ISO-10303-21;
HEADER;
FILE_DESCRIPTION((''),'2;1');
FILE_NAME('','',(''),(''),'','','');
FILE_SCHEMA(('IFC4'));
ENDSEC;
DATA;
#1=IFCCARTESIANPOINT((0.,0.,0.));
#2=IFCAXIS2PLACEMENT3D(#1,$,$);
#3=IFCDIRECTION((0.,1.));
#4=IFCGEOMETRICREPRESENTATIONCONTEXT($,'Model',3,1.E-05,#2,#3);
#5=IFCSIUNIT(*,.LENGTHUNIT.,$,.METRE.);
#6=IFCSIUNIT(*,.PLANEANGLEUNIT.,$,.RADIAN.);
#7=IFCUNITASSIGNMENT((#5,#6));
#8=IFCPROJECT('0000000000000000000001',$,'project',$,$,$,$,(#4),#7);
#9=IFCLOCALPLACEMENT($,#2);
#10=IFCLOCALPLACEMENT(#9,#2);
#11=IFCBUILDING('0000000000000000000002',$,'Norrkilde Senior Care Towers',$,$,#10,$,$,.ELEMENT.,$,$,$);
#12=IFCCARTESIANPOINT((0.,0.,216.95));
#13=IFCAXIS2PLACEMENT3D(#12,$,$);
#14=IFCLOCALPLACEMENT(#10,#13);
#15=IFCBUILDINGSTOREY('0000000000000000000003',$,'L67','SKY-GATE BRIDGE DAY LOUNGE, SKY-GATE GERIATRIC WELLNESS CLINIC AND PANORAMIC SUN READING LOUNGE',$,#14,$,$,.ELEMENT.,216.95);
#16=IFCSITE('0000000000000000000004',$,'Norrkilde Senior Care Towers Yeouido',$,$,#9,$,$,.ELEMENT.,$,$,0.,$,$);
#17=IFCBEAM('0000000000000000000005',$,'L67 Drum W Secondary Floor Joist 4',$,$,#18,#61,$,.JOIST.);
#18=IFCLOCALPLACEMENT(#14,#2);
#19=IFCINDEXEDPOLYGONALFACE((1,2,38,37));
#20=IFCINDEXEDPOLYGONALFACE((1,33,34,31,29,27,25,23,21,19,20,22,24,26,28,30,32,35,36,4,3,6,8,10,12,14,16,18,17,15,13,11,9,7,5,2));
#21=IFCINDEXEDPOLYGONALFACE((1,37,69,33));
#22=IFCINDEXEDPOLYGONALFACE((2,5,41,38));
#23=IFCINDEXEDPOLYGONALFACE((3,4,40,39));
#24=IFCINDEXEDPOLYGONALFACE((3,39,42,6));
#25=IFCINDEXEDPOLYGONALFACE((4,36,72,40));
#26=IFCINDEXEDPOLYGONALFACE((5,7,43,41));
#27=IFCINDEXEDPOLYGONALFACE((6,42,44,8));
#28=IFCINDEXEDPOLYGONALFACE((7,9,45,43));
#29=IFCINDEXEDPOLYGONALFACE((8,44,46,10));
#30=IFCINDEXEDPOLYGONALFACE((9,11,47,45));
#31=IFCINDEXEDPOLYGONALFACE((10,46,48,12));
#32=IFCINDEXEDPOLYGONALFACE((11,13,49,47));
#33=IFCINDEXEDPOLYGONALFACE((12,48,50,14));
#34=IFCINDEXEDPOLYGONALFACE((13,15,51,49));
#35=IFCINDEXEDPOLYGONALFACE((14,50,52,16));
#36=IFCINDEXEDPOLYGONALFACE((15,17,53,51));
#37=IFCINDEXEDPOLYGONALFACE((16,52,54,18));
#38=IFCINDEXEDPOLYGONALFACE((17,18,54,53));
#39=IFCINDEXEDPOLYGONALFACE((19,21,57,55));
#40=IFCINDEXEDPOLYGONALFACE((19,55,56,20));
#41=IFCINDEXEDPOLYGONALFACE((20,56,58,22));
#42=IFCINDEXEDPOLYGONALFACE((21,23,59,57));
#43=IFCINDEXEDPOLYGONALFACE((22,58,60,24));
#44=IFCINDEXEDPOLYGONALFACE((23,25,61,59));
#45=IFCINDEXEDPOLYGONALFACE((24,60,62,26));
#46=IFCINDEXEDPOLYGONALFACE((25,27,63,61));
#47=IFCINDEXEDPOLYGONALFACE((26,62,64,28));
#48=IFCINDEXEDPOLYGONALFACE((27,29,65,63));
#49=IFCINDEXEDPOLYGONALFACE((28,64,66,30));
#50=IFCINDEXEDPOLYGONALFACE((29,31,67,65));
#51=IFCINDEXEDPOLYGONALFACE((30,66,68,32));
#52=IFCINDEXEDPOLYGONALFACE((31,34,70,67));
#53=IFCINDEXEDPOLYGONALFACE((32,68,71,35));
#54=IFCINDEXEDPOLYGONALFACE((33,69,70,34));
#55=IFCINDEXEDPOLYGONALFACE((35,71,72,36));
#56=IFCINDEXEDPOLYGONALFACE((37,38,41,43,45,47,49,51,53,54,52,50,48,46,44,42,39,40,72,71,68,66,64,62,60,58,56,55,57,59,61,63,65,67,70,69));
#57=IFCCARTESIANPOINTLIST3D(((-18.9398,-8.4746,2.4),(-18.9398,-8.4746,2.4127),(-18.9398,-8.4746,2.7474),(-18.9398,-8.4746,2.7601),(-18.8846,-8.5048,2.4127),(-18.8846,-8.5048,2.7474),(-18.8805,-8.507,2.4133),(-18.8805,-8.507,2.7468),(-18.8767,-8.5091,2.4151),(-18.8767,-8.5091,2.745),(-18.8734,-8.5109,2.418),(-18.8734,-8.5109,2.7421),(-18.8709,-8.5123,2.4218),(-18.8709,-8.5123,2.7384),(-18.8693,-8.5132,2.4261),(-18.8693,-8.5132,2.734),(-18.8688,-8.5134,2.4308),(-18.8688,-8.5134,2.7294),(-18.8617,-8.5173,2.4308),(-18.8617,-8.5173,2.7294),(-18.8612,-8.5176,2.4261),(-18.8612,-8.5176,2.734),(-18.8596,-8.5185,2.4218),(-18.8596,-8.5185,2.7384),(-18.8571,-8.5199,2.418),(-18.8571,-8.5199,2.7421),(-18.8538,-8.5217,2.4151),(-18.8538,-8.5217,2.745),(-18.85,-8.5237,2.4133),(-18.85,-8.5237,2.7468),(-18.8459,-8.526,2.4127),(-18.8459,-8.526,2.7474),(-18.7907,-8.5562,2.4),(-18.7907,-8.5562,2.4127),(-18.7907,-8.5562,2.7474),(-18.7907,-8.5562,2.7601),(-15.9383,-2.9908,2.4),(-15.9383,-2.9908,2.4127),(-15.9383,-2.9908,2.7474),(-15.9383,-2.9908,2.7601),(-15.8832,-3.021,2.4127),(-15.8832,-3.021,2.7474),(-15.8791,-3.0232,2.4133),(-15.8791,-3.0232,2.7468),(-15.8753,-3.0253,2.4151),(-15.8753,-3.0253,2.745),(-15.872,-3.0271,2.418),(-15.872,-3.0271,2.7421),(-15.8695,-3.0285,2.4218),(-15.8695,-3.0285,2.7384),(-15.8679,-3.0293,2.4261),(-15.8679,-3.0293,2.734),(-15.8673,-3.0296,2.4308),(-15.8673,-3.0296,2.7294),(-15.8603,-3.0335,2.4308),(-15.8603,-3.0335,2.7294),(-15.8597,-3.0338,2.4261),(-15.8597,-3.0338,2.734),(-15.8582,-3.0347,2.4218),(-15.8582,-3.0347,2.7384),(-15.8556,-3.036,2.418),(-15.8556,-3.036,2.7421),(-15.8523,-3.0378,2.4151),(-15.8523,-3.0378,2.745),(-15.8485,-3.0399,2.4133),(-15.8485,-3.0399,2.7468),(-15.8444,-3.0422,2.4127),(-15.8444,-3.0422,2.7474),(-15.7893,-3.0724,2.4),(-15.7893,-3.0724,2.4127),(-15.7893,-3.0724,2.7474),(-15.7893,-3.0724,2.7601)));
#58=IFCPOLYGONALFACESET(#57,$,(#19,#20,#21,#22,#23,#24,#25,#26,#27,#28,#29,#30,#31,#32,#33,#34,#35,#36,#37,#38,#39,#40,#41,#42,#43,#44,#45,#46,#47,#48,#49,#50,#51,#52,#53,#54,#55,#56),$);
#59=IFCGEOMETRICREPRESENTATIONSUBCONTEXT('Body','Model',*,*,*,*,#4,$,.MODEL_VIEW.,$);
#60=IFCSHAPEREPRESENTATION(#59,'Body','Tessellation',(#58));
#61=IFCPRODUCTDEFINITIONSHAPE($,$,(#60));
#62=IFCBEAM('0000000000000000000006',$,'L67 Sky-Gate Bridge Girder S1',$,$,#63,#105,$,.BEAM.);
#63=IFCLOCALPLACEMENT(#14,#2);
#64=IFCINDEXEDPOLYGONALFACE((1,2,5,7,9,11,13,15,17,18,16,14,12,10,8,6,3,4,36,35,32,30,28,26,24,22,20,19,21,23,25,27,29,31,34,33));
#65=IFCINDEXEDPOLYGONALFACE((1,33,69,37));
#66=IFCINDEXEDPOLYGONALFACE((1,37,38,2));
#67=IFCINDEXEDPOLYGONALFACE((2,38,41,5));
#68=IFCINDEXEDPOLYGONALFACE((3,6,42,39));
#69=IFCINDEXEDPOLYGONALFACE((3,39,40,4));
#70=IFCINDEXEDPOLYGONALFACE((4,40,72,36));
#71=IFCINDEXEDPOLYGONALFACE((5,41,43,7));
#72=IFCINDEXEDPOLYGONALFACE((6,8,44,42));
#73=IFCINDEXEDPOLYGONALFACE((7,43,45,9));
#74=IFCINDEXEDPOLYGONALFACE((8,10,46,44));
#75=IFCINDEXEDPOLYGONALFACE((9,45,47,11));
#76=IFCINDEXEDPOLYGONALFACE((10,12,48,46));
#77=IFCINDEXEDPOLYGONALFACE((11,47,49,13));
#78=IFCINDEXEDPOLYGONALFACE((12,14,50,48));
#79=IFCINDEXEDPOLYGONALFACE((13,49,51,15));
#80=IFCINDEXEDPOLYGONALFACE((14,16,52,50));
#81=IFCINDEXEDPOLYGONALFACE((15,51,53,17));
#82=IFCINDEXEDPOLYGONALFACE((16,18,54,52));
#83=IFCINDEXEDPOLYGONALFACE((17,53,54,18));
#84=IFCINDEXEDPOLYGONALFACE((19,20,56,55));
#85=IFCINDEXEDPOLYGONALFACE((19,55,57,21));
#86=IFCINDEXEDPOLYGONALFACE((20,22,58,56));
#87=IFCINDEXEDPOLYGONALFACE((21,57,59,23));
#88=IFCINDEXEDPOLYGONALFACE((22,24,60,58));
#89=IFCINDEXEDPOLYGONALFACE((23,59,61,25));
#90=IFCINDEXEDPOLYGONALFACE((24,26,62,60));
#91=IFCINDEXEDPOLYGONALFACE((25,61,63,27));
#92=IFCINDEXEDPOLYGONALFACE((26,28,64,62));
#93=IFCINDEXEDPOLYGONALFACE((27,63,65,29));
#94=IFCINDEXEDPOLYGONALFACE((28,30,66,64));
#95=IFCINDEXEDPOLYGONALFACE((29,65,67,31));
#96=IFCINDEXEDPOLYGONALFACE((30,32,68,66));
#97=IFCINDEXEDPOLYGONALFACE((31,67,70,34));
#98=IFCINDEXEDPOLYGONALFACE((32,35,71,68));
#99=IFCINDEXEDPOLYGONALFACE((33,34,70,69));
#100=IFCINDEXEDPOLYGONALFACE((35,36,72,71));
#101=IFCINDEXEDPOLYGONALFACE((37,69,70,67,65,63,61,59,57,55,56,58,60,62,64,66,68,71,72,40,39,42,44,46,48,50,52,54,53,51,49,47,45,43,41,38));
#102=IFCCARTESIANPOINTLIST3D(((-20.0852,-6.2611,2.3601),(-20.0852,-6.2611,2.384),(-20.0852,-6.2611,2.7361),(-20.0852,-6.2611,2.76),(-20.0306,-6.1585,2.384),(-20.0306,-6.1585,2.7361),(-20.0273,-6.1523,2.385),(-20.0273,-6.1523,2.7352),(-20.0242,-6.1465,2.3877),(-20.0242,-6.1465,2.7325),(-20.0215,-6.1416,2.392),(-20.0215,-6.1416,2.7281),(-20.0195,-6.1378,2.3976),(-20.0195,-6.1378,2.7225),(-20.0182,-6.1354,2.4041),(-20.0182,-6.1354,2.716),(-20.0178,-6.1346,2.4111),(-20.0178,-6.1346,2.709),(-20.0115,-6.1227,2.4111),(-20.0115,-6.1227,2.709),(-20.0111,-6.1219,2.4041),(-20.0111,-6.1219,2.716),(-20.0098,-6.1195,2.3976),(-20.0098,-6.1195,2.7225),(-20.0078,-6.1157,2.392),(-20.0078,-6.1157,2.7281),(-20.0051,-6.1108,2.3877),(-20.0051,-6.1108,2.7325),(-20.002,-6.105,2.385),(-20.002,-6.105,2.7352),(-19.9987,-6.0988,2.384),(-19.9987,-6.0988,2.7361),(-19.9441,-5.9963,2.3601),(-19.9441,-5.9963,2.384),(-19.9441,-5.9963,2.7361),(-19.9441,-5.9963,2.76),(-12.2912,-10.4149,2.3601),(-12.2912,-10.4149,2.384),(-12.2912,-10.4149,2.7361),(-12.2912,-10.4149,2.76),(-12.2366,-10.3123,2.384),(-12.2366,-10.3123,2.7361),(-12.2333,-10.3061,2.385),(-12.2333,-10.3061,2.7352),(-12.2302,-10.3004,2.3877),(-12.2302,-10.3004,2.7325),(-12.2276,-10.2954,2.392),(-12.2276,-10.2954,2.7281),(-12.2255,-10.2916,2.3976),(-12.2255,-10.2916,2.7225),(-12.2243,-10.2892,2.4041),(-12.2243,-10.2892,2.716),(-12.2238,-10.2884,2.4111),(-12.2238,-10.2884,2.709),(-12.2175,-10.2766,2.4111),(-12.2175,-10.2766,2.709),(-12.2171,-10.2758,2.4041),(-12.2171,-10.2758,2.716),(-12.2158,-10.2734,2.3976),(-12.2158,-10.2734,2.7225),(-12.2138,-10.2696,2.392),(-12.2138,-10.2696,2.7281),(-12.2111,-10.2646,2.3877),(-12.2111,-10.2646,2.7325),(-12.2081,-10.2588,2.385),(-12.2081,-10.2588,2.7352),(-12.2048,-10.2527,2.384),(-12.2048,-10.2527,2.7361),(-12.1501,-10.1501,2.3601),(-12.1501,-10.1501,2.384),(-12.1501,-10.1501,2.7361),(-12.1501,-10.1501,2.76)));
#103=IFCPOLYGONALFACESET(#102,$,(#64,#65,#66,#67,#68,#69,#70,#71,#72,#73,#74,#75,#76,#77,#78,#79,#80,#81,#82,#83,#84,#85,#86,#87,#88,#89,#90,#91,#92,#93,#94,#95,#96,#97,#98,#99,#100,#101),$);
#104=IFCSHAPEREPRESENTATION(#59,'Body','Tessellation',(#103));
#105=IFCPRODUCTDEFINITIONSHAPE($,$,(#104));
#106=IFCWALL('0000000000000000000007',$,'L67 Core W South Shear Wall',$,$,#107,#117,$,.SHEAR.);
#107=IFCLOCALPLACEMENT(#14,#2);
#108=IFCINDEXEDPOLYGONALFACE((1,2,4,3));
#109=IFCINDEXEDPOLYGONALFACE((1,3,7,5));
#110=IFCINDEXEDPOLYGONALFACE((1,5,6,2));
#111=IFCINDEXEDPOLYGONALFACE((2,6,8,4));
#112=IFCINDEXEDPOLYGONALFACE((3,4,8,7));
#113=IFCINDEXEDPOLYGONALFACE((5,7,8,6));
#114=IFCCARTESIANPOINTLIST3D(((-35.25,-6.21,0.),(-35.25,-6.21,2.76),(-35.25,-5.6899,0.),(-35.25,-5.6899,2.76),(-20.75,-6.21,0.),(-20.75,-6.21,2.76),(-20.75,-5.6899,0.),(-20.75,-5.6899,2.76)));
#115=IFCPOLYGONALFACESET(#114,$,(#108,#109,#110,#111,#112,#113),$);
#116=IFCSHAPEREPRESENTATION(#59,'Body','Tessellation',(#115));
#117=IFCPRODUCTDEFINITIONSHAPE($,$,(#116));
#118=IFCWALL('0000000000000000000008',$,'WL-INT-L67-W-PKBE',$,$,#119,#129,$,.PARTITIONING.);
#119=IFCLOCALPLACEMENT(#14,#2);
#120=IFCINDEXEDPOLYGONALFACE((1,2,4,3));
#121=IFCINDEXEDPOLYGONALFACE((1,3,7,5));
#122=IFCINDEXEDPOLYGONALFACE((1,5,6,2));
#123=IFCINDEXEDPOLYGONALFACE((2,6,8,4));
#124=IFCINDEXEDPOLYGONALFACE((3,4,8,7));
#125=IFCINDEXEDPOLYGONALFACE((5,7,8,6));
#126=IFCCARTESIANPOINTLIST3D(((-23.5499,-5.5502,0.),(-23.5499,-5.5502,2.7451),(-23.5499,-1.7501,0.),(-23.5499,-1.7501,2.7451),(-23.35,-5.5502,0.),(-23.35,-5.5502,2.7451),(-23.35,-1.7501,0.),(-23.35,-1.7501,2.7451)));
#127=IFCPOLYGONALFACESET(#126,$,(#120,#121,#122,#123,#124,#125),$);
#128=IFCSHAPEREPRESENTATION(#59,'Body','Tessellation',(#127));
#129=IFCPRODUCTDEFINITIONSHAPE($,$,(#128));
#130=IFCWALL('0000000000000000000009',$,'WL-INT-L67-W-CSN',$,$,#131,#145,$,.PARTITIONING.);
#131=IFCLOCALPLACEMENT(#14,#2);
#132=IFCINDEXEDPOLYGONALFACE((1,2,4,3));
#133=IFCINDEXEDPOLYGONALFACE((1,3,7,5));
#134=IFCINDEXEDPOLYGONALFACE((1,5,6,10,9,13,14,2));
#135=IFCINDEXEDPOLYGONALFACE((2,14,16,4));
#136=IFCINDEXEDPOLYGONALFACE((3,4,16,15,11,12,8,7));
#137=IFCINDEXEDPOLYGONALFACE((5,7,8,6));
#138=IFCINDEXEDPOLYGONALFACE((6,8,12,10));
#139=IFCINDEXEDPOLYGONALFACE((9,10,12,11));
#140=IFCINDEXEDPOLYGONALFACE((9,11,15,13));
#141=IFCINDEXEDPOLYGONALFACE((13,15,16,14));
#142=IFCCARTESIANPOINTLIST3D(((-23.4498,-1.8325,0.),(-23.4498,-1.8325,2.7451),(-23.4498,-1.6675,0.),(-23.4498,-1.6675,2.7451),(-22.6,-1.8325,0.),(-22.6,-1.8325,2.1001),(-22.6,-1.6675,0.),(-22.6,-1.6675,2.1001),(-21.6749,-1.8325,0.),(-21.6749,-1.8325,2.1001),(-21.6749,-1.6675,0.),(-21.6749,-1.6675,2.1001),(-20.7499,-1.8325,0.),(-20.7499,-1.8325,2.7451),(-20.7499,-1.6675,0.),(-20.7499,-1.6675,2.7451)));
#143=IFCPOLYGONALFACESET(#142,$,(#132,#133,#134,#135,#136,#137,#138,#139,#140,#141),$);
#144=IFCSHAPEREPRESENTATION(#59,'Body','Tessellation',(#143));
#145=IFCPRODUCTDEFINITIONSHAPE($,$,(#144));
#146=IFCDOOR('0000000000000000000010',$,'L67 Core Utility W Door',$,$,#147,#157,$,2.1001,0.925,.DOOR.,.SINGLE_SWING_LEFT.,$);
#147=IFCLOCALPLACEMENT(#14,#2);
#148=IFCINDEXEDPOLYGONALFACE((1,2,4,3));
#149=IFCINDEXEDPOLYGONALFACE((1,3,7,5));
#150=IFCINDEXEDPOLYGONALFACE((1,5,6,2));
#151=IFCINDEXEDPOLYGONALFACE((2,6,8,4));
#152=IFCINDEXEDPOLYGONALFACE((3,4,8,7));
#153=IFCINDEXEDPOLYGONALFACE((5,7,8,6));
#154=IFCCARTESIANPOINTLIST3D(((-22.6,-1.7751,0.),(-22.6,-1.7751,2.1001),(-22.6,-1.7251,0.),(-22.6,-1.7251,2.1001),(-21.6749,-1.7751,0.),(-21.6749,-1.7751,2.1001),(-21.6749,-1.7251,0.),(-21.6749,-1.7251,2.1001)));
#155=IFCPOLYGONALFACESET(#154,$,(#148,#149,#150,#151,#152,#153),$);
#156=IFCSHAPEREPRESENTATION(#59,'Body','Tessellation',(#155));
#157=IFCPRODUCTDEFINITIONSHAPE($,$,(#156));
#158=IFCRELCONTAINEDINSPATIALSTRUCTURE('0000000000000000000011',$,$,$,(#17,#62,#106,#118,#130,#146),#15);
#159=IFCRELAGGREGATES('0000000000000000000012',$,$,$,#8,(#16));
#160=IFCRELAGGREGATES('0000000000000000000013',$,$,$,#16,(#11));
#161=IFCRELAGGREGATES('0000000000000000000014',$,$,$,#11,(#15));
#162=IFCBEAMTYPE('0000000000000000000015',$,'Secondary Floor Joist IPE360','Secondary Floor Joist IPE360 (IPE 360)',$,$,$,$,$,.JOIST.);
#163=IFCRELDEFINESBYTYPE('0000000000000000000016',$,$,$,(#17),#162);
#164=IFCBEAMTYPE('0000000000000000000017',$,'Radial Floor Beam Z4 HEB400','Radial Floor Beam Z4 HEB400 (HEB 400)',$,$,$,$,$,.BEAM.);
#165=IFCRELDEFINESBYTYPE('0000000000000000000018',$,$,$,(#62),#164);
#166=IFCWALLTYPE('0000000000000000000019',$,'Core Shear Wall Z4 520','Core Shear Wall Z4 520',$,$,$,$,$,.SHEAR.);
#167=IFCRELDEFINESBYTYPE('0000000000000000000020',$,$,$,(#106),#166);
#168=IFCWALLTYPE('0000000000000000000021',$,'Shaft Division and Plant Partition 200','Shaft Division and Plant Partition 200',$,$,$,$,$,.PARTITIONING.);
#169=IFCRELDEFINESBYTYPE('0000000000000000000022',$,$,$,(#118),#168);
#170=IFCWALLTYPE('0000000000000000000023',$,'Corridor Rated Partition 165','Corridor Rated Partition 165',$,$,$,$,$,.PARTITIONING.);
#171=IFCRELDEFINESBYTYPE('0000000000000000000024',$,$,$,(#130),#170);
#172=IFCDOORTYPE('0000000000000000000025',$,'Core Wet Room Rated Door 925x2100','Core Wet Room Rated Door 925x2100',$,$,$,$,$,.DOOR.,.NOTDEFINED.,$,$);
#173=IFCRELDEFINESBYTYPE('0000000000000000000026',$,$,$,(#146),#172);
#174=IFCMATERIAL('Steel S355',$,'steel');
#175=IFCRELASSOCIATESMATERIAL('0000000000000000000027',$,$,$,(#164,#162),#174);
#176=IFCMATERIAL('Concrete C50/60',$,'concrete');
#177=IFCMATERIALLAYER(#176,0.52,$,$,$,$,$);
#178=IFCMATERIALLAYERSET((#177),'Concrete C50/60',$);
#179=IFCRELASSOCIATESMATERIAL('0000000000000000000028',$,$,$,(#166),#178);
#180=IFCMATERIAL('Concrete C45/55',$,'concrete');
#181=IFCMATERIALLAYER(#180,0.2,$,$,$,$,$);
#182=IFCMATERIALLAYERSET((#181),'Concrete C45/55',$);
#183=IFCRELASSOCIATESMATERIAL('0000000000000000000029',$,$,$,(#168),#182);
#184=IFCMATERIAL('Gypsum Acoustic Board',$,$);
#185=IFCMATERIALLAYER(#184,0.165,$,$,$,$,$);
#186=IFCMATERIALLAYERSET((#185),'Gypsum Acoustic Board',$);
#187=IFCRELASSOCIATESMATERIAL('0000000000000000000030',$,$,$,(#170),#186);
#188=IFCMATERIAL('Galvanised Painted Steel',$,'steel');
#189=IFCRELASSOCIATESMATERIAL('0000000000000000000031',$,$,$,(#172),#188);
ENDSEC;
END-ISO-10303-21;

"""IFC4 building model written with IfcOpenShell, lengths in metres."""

from ifc_helpers import new_model, si_unit, direction, frame, frame_2d, origin, origin_2d, place, context, subcontext, project, spatial, rectangle, i_section, extrude, source, transform, mapped, material, layer, layer_set, material_profile, profile_set, type_object, type_shapes, element, fill, save


model = new_model("IFC4")

# Units and contexts
model_context = context("Model", 3, precision=1e-05, world=origin(), true_north=direction((0.0, 1.0)))
body_context = subcontext(model_context, "Body", "Model", "MODEL_VIEW")
ifc_project = project(units=[si_unit("LENGTHUNIT", "METRE"), si_unit("PLANEANGLEUNIT", "RADIAN")], contexts=[model_context])

# Site, building, storey
site_placement = place(None, origin())
site = spatial("IfcSite", under=ifc_project, at=site_placement, Name="Norrkilde Senior Care Towers Yeouido", CompositionType="ELEMENT", RefElevation=0.0)
building_placement = place(site_placement, origin())
building = spatial("IfcBuilding", under=site, at=building_placement, Name="Norrkilde Senior Care Towers", CompositionType="ELEMENT")
storey_placement = place(building_placement, frame((0.0, 0.0, 216.95)))
storey = spatial("IfcBuildingStorey", under=building, at=storey_placement, Name="L67", Description="SKY-GATE BRIDGE DAY LOUNGE, SKY-GATE GERIATRIC WELLNESS CLINIC AND PANORAMIC SUN READING LOUNGE", CompositionType="ELEMENT", Elevation=216.95)

# Shared definitions
ifc_material_1 = material(Name="Concrete C50/60", Category="concrete")

# Beams
ifc_material_2 = material(Name="Steel S355", Category="steel")
ifc_material_profile_1 = material_profile(ifc_material_2, i_section(OverallWidth=0.3, OverallDepth=0.3999, WebThickness=0.0134, FlangeThickness=0.0239, FilletRadius=0.0271, at=origin_2d()), Name="HEB 400")
ifc_profile_set_1 = profile_set([ifc_material_profile_1], Name="Steel S355")
beam_type_1 = type_object("IfcBeamType", Name="Radial Floor Beam Z4 HEB400", Description="Radial Floor Beam Z4 HEB400 (HEB 400)", PredefinedType="BEAM", material=ifc_profile_set_1)
ifc_material_profile_2 = material_profile(ifc_material_2, i_section(OverallWidth=0.1699, OverallDepth=0.3601, WebThickness=0.0081, FlangeThickness=0.0127, FilletRadius=0.0181, at=origin_2d()), Name="IPE 360")
ifc_profile_set_2 = profile_set([ifc_material_profile_2], Name="Steel S355")
beam_type_2 = type_object("IfcBeamType", Name="Secondary Floor Joist IPE360", Description="Secondary Floor Joist IPE360 (IPE 360)", PredefinedType="JOIST", material=ifc_profile_set_2)
shared_shape_1 = source(origin(), body_context, "Body", "SweptSolid", [
    extrude(i_section(OverallWidth=0.1699, OverallDepth=0.3601, WebThickness=0.0081, FlangeThickness=0.0127, FilletRadius=0.0181, at=origin_2d()), origin(), (0.0, 0.0, 1.0), 6.2515),
])
type_shapes(beam_type_2, [shared_shape_1])
beam_1_placement = place(storey_placement, frame((-18.8652, -8.5154, 2.5801), z_axis=(0.480116, 0.877205, 0.0), x_axis=(-0.877205, 0.480116, 0.0)))
element("IfcBeam", 1, at=beam_1_placement, inside=storey, type_object=beam_type_2, Name="L67 Drum W Secondary Floor Joist 4", PredefinedType="JOIST", context=body_context, shape_type="MappedRepresentation", body=[
    mapped(shared_shape_1, transform((0.0, 0.0, 0.0), x_axis=(1.0, 0.0, 0.0), y_axis=(0.0, 1.0, 0.0), z_axis=(0.0, 0.0, 1.0), scale=1.0)),
])
shared_shape_2 = source(origin(), body_context, "Body", "SweptSolid", [
    extrude(i_section(OverallWidth=0.3, OverallDepth=0.3999, WebThickness=0.0134, FlangeThickness=0.0239, FilletRadius=0.0271, at=origin_2d()), origin(), (0.0, 0.0, 1.0), 8.8318),
])
beam_2_placement = place(storey_placement, frame((-20.0146, -6.1287, 2.5601), z_axis=(0.882492, -0.470327, 0.0), x_axis=(0.470327, 0.882492, 0.0)))
element("IfcBeam", 2, at=beam_2_placement, inside=storey, type_object=beam_type_1, Name="L67 Sky-Gate Bridge Girder S1", PredefinedType="BEAM", context=body_context, shape_type="MappedRepresentation", body=[
    mapped(shared_shape_2, transform((0.0, 0.0, 0.0), x_axis=(1.0, 0.0, 0.0), y_axis=(0.0, 1.0, 0.0), z_axis=(0.0, 0.0, 1.0), scale=1.0)),
])

# Walls
ifc_layer_1 = layer(ifc_material_1, 0.52)
ifc_layer_set_1 = layer_set([ifc_layer_1], Name="Concrete C50/60")
wall_type_1 = type_object("IfcWallType", Name="Core Shear Wall Z4 520", Description="Core Shear Wall Z4 520", PredefinedType="SHEAR", material=ifc_layer_set_1)
shared_shape_3 = source(origin(), body_context, "Body", "SweptSolid", [
    extrude(rectangle(XDim=14.5, YDim=0.52, at=frame_2d((7.25, 0.0))), origin(), (0.0, 0.0, 1.0), 2.76),
])
type_shapes(wall_type_1, [shared_shape_3])
wall_1_placement = place(storey_placement, frame((-20.75, -5.95, 0.0), z_axis=(0.0, 0.0, 1.0), x_axis=(-1.0, 0.0, 0.0)))
element("IfcWall", 3, at=wall_1_placement, inside=storey, type_object=wall_type_1, Name="L67 Core W South Shear Wall", PredefinedType="SHEAR", context=body_context, shape_type="MappedRepresentation", body=[
    mapped(shared_shape_3, transform((0.0, 0.0, 0.0), x_axis=(1.0, 0.0, 0.0), y_axis=(0.0, 1.0, 0.0), z_axis=(0.0, 0.0, 1.0), scale=1.0)),
])
ifc_material_3 = material(Name="Concrete C45/55", Category="concrete")
ifc_layer_2 = layer(ifc_material_3, 0.2)
ifc_layer_set_2 = layer_set([ifc_layer_2], Name="Concrete C45/55")
wall_type_2 = type_object("IfcWallType", Name="Shaft Division and Plant Partition 200", Description="Shaft Division and Plant Partition 200", PredefinedType="PARTITIONING", material=ifc_layer_set_2)
shared_shape_4 = source(origin(), body_context, "Body", "SweptSolid", [
    extrude(rectangle(XDim=3.8, YDim=0.2, at=frame_2d((1.8999, 0.0))), origin(), (0.0, 0.0, 1.0), 2.7451),
])
type_shapes(wall_type_2, [shared_shape_4])
wall_2_placement = place(storey_placement, frame((-23.45, -5.55, 0.0), z_axis=(0.0, 0.0, 1.0), x_axis=(0.0, 1.0, 0.0)))
element("IfcWall", 4, at=wall_2_placement, inside=storey, type_object=wall_type_2, Name="WL-INT-L67-W-PKBE", PredefinedType="PARTITIONING", context=body_context, shape_type="MappedRepresentation", body=[
    mapped(shared_shape_4, transform((0.0, 0.0, 0.0), x_axis=(1.0, 0.0, 0.0), y_axis=(0.0, 1.0, 0.0), z_axis=(0.0, 0.0, 1.0), scale=1.0)),
])

# Wall, opening, door
ifc_material_4 = material(Name="Gypsum Acoustic Board")
ifc_layer_3 = layer(ifc_material_4, 0.165)
ifc_layer_set_3 = layer_set([ifc_layer_3], Name="Gypsum Acoustic Board")
wall_type_3 = type_object("IfcWallType", Name="Corridor Rated Partition 165", Description="Corridor Rated Partition 165", PredefinedType="PARTITIONING", material=ifc_layer_set_3)
shared_shape_5 = source(origin(), body_context, "Body", "SweptSolid", [
    extrude(rectangle(XDim=2.7, YDim=0.165, at=frame_2d((1.3501, 0.0))), origin(), (0.0, 0.0, 1.0), 2.7451),
])
wall_3_placement = place(storey_placement, frame((-23.45, -1.75, 0.0), z_axis=(0.0, 0.0, 1.0), x_axis=(1.0, 0.0, 0.0)))
wall_3 = element("IfcWall", 5, at=wall_3_placement, inside=storey, type_object=wall_type_3, Name="WL-INT-L67-W-CSN", PredefinedType="PARTITIONING", context=body_context, shape_type="MappedRepresentation", body=[
    mapped(shared_shape_5, transform((0.0, 0.0, 0.0), x_axis=(1.0, 0.0, 0.0), y_axis=(0.0, 1.0, 0.0), z_axis=(0.0, 0.0, 1.0), scale=1.0)),
])
opening_1_placement = place(wall_3_placement, frame((0.8501, 0.0, 0.0)))
opening_1 = element("IfcOpeningElement", 6, at=opening_1_placement, cuts=wall_3, PredefinedType="OPENING", context=body_context, shape_type="SweptSolid", body=[
    extrude(rectangle(XDim=0.925, YDim=2.1001, at=frame_2d((0.4624, 1.05))), frame((0.0, 0.0925, 0.0), z_axis=(0.0, -1.0, 0.0), x_axis=(1.0, 0.0, 0.0)), (0.0, 0.0, 1.0), 0.1851),
])
ifc_material_5 = material(Name="Galvanised Painted Steel", Category="steel")
door_type_1 = type_object("IfcDoorType", Name="Core Wet Room Rated Door 925x2100", Description="Core Wet Room Rated Door 925x2100", OperationType="NOTDEFINED", PredefinedType="DOOR", material=ifc_material_5)
shared_shape_6 = source(origin(), body_context, "Body", "SweptSolid", [
    extrude(rectangle(XDim=0.925, YDim=2.1001, at=frame_2d((0.4624, 1.05))), frame((0.0, 0.0249, 0.0), z_axis=(0.0, -1.0, 0.0), x_axis=(1.0, 0.0, 0.0)), (0.0, 0.0, 1.0), 0.05),
])
type_shapes(door_type_1, [shared_shape_6])
door_1_placement = place(opening_1_placement, origin())
door_1 = element("IfcDoor", 7, at=door_1_placement, inside=storey, type_object=door_type_1, Name="L67 Core Utility W Door", OperationType="SINGLE_SWING_LEFT", OverallHeight=2.1001, OverallWidth=0.925, PredefinedType="DOOR", context=body_context, shape_type="MappedRepresentation", body=[
    mapped(shared_shape_6, transform((0.0, 0.0, 0.0), x_axis=(1.0, 0.0, 0.0), y_axis=(0.0, 1.0, 0.0), z_axis=(0.0, 0.0, 1.0), scale=1.0)),
])
fill(opening_1, door_1)

save(model, "model.ifc")
